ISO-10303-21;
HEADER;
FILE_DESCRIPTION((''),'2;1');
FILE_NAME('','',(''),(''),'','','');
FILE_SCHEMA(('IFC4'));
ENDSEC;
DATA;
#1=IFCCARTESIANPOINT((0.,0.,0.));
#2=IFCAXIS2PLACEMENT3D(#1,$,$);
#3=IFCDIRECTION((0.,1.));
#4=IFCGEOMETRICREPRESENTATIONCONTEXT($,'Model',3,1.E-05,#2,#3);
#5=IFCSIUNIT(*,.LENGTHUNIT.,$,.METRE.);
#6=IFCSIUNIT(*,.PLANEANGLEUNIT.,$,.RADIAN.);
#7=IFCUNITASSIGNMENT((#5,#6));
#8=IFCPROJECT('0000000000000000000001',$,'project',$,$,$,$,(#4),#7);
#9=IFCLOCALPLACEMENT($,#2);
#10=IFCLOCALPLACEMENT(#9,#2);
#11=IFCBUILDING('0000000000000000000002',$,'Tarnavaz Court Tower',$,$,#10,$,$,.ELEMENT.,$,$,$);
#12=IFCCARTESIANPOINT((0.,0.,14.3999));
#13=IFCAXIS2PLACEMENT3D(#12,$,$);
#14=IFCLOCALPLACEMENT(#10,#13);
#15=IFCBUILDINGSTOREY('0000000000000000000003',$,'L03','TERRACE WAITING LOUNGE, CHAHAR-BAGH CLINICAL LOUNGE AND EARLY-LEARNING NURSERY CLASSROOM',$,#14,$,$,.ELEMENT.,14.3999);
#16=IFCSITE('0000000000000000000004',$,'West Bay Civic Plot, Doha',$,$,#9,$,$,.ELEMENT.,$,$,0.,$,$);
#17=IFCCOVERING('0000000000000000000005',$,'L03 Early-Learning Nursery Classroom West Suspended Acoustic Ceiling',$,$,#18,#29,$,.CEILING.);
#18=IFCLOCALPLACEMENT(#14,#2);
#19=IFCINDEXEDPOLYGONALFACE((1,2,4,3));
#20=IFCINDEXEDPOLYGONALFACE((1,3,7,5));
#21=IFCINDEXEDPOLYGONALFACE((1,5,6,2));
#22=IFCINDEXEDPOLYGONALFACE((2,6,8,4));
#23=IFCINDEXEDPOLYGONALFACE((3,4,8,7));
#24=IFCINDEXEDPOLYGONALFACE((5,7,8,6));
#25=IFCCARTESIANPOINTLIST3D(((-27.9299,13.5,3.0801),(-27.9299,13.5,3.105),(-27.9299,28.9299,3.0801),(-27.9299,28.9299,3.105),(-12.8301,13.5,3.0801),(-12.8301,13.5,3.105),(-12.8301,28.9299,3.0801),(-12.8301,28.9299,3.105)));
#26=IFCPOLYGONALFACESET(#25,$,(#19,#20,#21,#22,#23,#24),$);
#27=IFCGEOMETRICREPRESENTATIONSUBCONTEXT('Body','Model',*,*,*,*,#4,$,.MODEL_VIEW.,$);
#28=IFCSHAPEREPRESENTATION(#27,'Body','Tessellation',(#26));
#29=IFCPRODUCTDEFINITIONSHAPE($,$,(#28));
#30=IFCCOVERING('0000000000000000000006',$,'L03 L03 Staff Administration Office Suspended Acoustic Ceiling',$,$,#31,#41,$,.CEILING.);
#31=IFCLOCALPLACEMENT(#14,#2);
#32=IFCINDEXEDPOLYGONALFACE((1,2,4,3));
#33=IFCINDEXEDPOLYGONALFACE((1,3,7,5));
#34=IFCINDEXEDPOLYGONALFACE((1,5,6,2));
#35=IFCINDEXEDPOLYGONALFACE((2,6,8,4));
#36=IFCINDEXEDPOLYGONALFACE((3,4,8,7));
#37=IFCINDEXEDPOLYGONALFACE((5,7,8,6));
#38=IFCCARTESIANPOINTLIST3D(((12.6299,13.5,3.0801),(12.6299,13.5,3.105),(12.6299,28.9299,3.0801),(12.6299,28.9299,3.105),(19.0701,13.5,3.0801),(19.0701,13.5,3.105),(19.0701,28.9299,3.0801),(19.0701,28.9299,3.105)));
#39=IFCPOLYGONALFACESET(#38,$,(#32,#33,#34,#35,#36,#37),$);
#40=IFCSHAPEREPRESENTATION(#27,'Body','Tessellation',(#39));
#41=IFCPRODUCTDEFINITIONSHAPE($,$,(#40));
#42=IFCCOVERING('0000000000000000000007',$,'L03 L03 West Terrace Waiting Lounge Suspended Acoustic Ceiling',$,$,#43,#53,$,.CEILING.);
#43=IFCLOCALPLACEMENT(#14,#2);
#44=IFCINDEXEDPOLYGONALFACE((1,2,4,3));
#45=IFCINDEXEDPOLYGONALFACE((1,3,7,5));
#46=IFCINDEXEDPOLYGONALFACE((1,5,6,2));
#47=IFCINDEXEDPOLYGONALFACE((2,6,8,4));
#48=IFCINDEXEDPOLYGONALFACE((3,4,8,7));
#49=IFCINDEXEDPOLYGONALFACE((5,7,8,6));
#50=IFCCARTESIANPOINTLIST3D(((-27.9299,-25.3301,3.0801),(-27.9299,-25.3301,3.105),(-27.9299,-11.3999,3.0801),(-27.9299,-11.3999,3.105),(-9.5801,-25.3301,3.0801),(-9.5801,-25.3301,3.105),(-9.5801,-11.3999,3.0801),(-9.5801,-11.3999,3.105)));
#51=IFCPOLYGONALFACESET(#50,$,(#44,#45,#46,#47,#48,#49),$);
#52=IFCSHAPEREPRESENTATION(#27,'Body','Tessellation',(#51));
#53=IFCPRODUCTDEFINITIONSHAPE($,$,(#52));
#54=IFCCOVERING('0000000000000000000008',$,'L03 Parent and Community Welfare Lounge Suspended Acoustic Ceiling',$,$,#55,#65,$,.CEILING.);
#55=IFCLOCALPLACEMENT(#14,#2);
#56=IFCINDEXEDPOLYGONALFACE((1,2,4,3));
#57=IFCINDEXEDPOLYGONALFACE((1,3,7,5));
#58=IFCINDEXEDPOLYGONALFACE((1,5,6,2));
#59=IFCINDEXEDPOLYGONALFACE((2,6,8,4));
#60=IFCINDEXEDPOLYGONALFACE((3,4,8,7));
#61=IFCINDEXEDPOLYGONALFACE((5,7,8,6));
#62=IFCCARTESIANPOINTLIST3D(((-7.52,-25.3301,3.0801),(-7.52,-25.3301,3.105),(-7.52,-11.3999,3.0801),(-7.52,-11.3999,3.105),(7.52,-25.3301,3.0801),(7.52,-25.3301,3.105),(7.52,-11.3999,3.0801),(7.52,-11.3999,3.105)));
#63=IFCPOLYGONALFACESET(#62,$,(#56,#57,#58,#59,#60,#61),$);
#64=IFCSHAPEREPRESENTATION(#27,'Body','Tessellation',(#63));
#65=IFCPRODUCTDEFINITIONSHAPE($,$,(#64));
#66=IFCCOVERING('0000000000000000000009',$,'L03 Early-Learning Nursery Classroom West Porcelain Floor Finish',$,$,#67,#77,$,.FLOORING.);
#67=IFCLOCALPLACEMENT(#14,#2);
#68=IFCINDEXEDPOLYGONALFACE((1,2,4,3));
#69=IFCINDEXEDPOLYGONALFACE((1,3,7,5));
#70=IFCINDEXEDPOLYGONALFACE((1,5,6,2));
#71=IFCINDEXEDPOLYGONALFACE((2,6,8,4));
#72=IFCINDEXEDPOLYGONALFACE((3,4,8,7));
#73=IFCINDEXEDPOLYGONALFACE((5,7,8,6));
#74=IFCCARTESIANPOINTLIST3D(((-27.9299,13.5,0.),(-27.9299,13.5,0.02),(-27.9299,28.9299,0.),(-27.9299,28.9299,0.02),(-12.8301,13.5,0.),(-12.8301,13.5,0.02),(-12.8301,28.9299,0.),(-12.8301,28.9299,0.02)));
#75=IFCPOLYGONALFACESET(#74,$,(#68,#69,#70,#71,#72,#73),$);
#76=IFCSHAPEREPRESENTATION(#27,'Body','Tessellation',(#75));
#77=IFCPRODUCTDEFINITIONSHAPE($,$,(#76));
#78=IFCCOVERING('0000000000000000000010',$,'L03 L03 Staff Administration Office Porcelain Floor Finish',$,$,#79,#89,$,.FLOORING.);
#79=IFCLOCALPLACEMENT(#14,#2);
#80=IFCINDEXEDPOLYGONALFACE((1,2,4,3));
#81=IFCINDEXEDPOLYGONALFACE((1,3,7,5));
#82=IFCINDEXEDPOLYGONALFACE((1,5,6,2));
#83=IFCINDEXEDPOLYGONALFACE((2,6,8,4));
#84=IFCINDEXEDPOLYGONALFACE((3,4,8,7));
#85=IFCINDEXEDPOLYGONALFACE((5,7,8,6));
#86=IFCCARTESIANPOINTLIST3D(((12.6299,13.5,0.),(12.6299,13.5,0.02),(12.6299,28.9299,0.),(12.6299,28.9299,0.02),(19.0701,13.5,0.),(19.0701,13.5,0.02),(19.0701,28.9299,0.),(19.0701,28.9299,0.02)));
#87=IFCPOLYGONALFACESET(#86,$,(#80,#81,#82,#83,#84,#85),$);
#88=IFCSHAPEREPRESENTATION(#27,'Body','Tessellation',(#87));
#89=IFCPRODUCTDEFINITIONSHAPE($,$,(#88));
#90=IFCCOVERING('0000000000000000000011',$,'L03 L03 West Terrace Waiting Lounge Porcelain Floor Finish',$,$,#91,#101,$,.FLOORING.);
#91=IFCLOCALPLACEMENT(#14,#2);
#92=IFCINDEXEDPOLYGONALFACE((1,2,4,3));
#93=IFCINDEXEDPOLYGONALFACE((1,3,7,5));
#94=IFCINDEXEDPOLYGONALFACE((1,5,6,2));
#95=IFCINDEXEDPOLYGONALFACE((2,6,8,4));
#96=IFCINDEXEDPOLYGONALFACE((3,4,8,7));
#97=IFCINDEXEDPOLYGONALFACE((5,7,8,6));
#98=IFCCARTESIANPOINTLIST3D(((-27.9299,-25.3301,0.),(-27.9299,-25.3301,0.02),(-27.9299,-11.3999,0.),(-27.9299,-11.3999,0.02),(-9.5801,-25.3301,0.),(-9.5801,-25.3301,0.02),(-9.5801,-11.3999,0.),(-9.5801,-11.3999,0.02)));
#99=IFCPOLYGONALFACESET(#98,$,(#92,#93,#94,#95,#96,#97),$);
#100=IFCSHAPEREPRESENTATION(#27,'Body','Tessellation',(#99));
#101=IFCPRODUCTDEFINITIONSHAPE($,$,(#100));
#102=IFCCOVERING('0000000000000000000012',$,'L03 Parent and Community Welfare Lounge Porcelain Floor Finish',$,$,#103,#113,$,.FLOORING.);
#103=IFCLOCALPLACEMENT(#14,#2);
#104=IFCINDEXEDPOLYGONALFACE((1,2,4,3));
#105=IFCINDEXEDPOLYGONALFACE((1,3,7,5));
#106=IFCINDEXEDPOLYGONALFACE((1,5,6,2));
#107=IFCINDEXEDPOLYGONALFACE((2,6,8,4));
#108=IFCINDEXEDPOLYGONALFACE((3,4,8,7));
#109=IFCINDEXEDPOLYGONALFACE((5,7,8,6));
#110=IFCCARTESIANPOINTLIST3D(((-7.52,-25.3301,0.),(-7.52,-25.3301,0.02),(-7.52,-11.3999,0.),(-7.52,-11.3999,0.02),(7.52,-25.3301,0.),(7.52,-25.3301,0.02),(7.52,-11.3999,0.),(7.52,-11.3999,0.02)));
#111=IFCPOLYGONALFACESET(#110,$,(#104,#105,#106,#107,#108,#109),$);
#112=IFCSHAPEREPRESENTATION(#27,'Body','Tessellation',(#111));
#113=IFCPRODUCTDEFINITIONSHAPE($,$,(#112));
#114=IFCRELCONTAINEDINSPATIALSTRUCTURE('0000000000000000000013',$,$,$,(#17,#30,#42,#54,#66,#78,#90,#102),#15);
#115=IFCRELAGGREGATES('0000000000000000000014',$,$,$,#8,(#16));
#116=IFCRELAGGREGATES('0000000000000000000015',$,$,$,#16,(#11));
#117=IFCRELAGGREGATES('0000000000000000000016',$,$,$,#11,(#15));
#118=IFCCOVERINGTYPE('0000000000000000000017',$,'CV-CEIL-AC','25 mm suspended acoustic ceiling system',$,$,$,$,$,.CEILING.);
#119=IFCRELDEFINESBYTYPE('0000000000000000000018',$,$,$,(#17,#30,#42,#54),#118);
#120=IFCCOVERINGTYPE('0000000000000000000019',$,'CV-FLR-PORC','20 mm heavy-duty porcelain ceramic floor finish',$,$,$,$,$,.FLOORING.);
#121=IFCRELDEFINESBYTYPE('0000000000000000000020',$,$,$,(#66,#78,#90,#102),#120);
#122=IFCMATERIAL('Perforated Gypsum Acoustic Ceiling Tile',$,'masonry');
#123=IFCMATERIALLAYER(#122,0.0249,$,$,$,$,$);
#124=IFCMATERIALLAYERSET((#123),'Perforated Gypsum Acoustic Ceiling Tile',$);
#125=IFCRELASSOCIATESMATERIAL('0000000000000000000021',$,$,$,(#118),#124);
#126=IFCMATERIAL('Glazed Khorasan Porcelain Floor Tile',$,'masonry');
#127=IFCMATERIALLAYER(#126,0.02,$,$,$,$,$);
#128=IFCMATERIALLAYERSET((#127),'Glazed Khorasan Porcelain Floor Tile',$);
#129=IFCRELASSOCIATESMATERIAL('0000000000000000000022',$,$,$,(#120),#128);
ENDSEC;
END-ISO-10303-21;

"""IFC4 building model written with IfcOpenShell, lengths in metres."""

from ifc_helpers import new_model, si_unit, direction, frame, origin, place, context, subcontext, project, spatial, polyline, outline, extrude, material, layer, layer_set, type_object, element, save


model = new_model("IFC4")

# Units and contexts
model_context = context("Model", 3, precision=1e-05, world=origin(), true_north=direction((0.0, 1.0)))
body_context = subcontext(model_context, "Body", "Model", "MODEL_VIEW")
ifc_project = project(units=[si_unit("LENGTHUNIT", "METRE"), si_unit("PLANEANGLEUNIT", "RADIAN")], contexts=[model_context])

# Site, building, storey
site_placement = place(None, origin())
site = spatial("IfcSite", under=ifc_project, at=site_placement, Name="West Bay Civic Plot, Doha", CompositionType="ELEMENT", RefElevation=0.0)
building_placement = place(site_placement, origin())
building = spatial("IfcBuilding", under=site, at=building_placement, Name="Tarnavaz Court Tower", CompositionType="ELEMENT")
storey_placement = place(building_placement, frame((0.0, 0.0, 14.3999)))
storey = spatial("IfcBuildingStorey", under=building, at=storey_placement, Name="L03", Description="TERRACE WAITING LOUNGE, CHAHAR-BAGH CLINICAL LOUNGE AND EARLY-LEARNING NURSERY CLASSROOM", CompositionType="ELEMENT", Elevation=14.3999)

# Coverings
ifc_material_1 = material(Name="Perforated Gypsum Acoustic Ceiling Tile", Category="masonry")
ifc_layer_1 = layer(ifc_material_1, 0.0249)
ifc_layer_set_1 = layer_set([ifc_layer_1], Name="Perforated Gypsum Acoustic Ceiling Tile")
covering_type_1 = type_object("IfcCoveringType", Name="CV-CEIL-AC", Description="25 mm suspended acoustic ceiling system", PredefinedType="CEILING", material=ifc_layer_set_1)
covering_1_placement = place(storey_placement, frame((0.0, 0.0, 3.0801)))
element("IfcCovering", 1, at=covering_1_placement, inside=storey, type_object=covering_type_1, Name="L03 Early-Learning Nursery Classroom West Suspended Acoustic Ceiling", PredefinedType="CEILING", context=body_context, shape_type="SweptSolid", body=[
    extrude(outline(polyline([(-27.9299, 13.5), (-12.8301, 13.5), (-12.8301, 28.9299), (-27.9299, 28.9299), (-27.9299, 13.5)])), origin(), (0.0, 0.0, 1.0), 0.0249),
])
covering_2_placement = place(storey_placement, frame((0.0, 0.0, 3.0801)))
element("IfcCovering", 2, at=covering_2_placement, inside=storey, type_object=covering_type_1, Name="L03 L03 Staff Administration Office Suspended Acoustic Ceiling", PredefinedType="CEILING", context=body_context, shape_type="SweptSolid", body=[
    extrude(outline(polyline([(12.6299, 13.5), (19.0701, 13.5), (19.0701, 28.9299), (12.6299, 28.9299), (12.6299, 13.5)])), origin(), (0.0, 0.0, 1.0), 0.0249),
])
covering_3_placement = place(storey_placement, frame((0.0, 0.0, 3.0801)))
element("IfcCovering", 3, at=covering_3_placement, inside=storey, type_object=covering_type_1, Name="L03 L03 West Terrace Waiting Lounge Suspended Acoustic Ceiling", PredefinedType="CEILING", context=body_context, shape_type="SweptSolid", body=[
    extrude(outline(polyline([(-27.9299, -25.3301), (-9.5801, -25.3301), (-9.5801, -11.3999), (-27.9299, -11.3999), (-27.9299, -25.3301)])), origin(), (0.0, 0.0, 1.0), 0.0249),
])
covering_4_placement = place(storey_placement, frame((0.0, 0.0, 3.0801)))
element("IfcCovering", 4, at=covering_4_placement, inside=storey, type_object=covering_type_1, Name="L03 Parent and Community Welfare Lounge Suspended Acoustic Ceiling", PredefinedType="CEILING", context=body_context, shape_type="SweptSolid", body=[
    extrude(outline(polyline([(-7.52, -25.3301), (7.52, -25.3301), (7.52, -11.3999), (-7.52, -11.3999), (-7.52, -25.3301)])), origin(), (0.0, 0.0, 1.0), 0.0249),
])
ifc_material_2 = material(Name="Glazed Khorasan Porcelain Floor Tile", Category="masonry")
ifc_layer_2 = layer(ifc_material_2, 0.02)
ifc_layer_set_2 = layer_set([ifc_layer_2], Name="Glazed Khorasan Porcelain Floor Tile")
covering_type_2 = type_object("IfcCoveringType", Name="CV-FLR-PORC", Description="20 mm heavy-duty porcelain ceramic floor finish", PredefinedType="FLOORING", material=ifc_layer_set_2)
covering_5_placement = place(storey_placement, origin())
element("IfcCovering", 5, at=covering_5_placement, inside=storey, type_object=covering_type_2, Name="L03 Early-Learning Nursery Classroom West Porcelain Floor Finish", PredefinedType="FLOORING", context=body_context, shape_type="SweptSolid", body=[
    extrude(outline(polyline([(-27.9299, 13.5), (-12.8301, 13.5), (-12.8301, 28.9299), (-27.9299, 28.9299), (-27.9299, 13.5)])), origin(), (0.0, 0.0, 1.0), 0.02),
])
covering_6_placement = place(storey_placement, origin())
element("IfcCovering", 6, at=covering_6_placement, inside=storey, type_object=covering_type_2, Name="L03 L03 Staff Administration Office Porcelain Floor Finish", PredefinedType="FLOORING", context=body_context, shape_type="SweptSolid", body=[
    extrude(outline(polyline([(12.6299, 13.5), (19.0701, 13.5), (19.0701, 28.9299), (12.6299, 28.9299), (12.6299, 13.5)])), origin(), (0.0, 0.0, 1.0), 0.02),
])
covering_7_placement = place(storey_placement, origin())
element("IfcCovering", 7, at=covering_7_placement, inside=storey, type_object=covering_type_2, Name="L03 L03 West Terrace Waiting Lounge Porcelain Floor Finish", PredefinedType="FLOORING", context=body_context, shape_type="SweptSolid", body=[
    extrude(outline(polyline([(-27.9299, -25.3301), (-9.5801, -25.3301), (-9.5801, -11.3999), (-27.9299, -11.3999), (-27.9299, -25.3301)])), origin(), (0.0, 0.0, 1.0), 0.02),
])
covering_8_placement = place(storey_placement, origin())
element("IfcCovering", 8, at=covering_8_placement, inside=storey, type_object=covering_type_2, Name="L03 Parent and Community Welfare Lounge Porcelain Floor Finish", PredefinedType="FLOORING", context=body_context, shape_type="SweptSolid", body=[
    extrude(outline(polyline([(-7.52, -25.3301), (7.52, -25.3301), (7.52, -11.3999), (-7.52, -11.3999), (-7.52, -25.3301)])), origin(), (0.0, 0.0, 1.0), 0.02),
])

save(model, "model.ifc")
